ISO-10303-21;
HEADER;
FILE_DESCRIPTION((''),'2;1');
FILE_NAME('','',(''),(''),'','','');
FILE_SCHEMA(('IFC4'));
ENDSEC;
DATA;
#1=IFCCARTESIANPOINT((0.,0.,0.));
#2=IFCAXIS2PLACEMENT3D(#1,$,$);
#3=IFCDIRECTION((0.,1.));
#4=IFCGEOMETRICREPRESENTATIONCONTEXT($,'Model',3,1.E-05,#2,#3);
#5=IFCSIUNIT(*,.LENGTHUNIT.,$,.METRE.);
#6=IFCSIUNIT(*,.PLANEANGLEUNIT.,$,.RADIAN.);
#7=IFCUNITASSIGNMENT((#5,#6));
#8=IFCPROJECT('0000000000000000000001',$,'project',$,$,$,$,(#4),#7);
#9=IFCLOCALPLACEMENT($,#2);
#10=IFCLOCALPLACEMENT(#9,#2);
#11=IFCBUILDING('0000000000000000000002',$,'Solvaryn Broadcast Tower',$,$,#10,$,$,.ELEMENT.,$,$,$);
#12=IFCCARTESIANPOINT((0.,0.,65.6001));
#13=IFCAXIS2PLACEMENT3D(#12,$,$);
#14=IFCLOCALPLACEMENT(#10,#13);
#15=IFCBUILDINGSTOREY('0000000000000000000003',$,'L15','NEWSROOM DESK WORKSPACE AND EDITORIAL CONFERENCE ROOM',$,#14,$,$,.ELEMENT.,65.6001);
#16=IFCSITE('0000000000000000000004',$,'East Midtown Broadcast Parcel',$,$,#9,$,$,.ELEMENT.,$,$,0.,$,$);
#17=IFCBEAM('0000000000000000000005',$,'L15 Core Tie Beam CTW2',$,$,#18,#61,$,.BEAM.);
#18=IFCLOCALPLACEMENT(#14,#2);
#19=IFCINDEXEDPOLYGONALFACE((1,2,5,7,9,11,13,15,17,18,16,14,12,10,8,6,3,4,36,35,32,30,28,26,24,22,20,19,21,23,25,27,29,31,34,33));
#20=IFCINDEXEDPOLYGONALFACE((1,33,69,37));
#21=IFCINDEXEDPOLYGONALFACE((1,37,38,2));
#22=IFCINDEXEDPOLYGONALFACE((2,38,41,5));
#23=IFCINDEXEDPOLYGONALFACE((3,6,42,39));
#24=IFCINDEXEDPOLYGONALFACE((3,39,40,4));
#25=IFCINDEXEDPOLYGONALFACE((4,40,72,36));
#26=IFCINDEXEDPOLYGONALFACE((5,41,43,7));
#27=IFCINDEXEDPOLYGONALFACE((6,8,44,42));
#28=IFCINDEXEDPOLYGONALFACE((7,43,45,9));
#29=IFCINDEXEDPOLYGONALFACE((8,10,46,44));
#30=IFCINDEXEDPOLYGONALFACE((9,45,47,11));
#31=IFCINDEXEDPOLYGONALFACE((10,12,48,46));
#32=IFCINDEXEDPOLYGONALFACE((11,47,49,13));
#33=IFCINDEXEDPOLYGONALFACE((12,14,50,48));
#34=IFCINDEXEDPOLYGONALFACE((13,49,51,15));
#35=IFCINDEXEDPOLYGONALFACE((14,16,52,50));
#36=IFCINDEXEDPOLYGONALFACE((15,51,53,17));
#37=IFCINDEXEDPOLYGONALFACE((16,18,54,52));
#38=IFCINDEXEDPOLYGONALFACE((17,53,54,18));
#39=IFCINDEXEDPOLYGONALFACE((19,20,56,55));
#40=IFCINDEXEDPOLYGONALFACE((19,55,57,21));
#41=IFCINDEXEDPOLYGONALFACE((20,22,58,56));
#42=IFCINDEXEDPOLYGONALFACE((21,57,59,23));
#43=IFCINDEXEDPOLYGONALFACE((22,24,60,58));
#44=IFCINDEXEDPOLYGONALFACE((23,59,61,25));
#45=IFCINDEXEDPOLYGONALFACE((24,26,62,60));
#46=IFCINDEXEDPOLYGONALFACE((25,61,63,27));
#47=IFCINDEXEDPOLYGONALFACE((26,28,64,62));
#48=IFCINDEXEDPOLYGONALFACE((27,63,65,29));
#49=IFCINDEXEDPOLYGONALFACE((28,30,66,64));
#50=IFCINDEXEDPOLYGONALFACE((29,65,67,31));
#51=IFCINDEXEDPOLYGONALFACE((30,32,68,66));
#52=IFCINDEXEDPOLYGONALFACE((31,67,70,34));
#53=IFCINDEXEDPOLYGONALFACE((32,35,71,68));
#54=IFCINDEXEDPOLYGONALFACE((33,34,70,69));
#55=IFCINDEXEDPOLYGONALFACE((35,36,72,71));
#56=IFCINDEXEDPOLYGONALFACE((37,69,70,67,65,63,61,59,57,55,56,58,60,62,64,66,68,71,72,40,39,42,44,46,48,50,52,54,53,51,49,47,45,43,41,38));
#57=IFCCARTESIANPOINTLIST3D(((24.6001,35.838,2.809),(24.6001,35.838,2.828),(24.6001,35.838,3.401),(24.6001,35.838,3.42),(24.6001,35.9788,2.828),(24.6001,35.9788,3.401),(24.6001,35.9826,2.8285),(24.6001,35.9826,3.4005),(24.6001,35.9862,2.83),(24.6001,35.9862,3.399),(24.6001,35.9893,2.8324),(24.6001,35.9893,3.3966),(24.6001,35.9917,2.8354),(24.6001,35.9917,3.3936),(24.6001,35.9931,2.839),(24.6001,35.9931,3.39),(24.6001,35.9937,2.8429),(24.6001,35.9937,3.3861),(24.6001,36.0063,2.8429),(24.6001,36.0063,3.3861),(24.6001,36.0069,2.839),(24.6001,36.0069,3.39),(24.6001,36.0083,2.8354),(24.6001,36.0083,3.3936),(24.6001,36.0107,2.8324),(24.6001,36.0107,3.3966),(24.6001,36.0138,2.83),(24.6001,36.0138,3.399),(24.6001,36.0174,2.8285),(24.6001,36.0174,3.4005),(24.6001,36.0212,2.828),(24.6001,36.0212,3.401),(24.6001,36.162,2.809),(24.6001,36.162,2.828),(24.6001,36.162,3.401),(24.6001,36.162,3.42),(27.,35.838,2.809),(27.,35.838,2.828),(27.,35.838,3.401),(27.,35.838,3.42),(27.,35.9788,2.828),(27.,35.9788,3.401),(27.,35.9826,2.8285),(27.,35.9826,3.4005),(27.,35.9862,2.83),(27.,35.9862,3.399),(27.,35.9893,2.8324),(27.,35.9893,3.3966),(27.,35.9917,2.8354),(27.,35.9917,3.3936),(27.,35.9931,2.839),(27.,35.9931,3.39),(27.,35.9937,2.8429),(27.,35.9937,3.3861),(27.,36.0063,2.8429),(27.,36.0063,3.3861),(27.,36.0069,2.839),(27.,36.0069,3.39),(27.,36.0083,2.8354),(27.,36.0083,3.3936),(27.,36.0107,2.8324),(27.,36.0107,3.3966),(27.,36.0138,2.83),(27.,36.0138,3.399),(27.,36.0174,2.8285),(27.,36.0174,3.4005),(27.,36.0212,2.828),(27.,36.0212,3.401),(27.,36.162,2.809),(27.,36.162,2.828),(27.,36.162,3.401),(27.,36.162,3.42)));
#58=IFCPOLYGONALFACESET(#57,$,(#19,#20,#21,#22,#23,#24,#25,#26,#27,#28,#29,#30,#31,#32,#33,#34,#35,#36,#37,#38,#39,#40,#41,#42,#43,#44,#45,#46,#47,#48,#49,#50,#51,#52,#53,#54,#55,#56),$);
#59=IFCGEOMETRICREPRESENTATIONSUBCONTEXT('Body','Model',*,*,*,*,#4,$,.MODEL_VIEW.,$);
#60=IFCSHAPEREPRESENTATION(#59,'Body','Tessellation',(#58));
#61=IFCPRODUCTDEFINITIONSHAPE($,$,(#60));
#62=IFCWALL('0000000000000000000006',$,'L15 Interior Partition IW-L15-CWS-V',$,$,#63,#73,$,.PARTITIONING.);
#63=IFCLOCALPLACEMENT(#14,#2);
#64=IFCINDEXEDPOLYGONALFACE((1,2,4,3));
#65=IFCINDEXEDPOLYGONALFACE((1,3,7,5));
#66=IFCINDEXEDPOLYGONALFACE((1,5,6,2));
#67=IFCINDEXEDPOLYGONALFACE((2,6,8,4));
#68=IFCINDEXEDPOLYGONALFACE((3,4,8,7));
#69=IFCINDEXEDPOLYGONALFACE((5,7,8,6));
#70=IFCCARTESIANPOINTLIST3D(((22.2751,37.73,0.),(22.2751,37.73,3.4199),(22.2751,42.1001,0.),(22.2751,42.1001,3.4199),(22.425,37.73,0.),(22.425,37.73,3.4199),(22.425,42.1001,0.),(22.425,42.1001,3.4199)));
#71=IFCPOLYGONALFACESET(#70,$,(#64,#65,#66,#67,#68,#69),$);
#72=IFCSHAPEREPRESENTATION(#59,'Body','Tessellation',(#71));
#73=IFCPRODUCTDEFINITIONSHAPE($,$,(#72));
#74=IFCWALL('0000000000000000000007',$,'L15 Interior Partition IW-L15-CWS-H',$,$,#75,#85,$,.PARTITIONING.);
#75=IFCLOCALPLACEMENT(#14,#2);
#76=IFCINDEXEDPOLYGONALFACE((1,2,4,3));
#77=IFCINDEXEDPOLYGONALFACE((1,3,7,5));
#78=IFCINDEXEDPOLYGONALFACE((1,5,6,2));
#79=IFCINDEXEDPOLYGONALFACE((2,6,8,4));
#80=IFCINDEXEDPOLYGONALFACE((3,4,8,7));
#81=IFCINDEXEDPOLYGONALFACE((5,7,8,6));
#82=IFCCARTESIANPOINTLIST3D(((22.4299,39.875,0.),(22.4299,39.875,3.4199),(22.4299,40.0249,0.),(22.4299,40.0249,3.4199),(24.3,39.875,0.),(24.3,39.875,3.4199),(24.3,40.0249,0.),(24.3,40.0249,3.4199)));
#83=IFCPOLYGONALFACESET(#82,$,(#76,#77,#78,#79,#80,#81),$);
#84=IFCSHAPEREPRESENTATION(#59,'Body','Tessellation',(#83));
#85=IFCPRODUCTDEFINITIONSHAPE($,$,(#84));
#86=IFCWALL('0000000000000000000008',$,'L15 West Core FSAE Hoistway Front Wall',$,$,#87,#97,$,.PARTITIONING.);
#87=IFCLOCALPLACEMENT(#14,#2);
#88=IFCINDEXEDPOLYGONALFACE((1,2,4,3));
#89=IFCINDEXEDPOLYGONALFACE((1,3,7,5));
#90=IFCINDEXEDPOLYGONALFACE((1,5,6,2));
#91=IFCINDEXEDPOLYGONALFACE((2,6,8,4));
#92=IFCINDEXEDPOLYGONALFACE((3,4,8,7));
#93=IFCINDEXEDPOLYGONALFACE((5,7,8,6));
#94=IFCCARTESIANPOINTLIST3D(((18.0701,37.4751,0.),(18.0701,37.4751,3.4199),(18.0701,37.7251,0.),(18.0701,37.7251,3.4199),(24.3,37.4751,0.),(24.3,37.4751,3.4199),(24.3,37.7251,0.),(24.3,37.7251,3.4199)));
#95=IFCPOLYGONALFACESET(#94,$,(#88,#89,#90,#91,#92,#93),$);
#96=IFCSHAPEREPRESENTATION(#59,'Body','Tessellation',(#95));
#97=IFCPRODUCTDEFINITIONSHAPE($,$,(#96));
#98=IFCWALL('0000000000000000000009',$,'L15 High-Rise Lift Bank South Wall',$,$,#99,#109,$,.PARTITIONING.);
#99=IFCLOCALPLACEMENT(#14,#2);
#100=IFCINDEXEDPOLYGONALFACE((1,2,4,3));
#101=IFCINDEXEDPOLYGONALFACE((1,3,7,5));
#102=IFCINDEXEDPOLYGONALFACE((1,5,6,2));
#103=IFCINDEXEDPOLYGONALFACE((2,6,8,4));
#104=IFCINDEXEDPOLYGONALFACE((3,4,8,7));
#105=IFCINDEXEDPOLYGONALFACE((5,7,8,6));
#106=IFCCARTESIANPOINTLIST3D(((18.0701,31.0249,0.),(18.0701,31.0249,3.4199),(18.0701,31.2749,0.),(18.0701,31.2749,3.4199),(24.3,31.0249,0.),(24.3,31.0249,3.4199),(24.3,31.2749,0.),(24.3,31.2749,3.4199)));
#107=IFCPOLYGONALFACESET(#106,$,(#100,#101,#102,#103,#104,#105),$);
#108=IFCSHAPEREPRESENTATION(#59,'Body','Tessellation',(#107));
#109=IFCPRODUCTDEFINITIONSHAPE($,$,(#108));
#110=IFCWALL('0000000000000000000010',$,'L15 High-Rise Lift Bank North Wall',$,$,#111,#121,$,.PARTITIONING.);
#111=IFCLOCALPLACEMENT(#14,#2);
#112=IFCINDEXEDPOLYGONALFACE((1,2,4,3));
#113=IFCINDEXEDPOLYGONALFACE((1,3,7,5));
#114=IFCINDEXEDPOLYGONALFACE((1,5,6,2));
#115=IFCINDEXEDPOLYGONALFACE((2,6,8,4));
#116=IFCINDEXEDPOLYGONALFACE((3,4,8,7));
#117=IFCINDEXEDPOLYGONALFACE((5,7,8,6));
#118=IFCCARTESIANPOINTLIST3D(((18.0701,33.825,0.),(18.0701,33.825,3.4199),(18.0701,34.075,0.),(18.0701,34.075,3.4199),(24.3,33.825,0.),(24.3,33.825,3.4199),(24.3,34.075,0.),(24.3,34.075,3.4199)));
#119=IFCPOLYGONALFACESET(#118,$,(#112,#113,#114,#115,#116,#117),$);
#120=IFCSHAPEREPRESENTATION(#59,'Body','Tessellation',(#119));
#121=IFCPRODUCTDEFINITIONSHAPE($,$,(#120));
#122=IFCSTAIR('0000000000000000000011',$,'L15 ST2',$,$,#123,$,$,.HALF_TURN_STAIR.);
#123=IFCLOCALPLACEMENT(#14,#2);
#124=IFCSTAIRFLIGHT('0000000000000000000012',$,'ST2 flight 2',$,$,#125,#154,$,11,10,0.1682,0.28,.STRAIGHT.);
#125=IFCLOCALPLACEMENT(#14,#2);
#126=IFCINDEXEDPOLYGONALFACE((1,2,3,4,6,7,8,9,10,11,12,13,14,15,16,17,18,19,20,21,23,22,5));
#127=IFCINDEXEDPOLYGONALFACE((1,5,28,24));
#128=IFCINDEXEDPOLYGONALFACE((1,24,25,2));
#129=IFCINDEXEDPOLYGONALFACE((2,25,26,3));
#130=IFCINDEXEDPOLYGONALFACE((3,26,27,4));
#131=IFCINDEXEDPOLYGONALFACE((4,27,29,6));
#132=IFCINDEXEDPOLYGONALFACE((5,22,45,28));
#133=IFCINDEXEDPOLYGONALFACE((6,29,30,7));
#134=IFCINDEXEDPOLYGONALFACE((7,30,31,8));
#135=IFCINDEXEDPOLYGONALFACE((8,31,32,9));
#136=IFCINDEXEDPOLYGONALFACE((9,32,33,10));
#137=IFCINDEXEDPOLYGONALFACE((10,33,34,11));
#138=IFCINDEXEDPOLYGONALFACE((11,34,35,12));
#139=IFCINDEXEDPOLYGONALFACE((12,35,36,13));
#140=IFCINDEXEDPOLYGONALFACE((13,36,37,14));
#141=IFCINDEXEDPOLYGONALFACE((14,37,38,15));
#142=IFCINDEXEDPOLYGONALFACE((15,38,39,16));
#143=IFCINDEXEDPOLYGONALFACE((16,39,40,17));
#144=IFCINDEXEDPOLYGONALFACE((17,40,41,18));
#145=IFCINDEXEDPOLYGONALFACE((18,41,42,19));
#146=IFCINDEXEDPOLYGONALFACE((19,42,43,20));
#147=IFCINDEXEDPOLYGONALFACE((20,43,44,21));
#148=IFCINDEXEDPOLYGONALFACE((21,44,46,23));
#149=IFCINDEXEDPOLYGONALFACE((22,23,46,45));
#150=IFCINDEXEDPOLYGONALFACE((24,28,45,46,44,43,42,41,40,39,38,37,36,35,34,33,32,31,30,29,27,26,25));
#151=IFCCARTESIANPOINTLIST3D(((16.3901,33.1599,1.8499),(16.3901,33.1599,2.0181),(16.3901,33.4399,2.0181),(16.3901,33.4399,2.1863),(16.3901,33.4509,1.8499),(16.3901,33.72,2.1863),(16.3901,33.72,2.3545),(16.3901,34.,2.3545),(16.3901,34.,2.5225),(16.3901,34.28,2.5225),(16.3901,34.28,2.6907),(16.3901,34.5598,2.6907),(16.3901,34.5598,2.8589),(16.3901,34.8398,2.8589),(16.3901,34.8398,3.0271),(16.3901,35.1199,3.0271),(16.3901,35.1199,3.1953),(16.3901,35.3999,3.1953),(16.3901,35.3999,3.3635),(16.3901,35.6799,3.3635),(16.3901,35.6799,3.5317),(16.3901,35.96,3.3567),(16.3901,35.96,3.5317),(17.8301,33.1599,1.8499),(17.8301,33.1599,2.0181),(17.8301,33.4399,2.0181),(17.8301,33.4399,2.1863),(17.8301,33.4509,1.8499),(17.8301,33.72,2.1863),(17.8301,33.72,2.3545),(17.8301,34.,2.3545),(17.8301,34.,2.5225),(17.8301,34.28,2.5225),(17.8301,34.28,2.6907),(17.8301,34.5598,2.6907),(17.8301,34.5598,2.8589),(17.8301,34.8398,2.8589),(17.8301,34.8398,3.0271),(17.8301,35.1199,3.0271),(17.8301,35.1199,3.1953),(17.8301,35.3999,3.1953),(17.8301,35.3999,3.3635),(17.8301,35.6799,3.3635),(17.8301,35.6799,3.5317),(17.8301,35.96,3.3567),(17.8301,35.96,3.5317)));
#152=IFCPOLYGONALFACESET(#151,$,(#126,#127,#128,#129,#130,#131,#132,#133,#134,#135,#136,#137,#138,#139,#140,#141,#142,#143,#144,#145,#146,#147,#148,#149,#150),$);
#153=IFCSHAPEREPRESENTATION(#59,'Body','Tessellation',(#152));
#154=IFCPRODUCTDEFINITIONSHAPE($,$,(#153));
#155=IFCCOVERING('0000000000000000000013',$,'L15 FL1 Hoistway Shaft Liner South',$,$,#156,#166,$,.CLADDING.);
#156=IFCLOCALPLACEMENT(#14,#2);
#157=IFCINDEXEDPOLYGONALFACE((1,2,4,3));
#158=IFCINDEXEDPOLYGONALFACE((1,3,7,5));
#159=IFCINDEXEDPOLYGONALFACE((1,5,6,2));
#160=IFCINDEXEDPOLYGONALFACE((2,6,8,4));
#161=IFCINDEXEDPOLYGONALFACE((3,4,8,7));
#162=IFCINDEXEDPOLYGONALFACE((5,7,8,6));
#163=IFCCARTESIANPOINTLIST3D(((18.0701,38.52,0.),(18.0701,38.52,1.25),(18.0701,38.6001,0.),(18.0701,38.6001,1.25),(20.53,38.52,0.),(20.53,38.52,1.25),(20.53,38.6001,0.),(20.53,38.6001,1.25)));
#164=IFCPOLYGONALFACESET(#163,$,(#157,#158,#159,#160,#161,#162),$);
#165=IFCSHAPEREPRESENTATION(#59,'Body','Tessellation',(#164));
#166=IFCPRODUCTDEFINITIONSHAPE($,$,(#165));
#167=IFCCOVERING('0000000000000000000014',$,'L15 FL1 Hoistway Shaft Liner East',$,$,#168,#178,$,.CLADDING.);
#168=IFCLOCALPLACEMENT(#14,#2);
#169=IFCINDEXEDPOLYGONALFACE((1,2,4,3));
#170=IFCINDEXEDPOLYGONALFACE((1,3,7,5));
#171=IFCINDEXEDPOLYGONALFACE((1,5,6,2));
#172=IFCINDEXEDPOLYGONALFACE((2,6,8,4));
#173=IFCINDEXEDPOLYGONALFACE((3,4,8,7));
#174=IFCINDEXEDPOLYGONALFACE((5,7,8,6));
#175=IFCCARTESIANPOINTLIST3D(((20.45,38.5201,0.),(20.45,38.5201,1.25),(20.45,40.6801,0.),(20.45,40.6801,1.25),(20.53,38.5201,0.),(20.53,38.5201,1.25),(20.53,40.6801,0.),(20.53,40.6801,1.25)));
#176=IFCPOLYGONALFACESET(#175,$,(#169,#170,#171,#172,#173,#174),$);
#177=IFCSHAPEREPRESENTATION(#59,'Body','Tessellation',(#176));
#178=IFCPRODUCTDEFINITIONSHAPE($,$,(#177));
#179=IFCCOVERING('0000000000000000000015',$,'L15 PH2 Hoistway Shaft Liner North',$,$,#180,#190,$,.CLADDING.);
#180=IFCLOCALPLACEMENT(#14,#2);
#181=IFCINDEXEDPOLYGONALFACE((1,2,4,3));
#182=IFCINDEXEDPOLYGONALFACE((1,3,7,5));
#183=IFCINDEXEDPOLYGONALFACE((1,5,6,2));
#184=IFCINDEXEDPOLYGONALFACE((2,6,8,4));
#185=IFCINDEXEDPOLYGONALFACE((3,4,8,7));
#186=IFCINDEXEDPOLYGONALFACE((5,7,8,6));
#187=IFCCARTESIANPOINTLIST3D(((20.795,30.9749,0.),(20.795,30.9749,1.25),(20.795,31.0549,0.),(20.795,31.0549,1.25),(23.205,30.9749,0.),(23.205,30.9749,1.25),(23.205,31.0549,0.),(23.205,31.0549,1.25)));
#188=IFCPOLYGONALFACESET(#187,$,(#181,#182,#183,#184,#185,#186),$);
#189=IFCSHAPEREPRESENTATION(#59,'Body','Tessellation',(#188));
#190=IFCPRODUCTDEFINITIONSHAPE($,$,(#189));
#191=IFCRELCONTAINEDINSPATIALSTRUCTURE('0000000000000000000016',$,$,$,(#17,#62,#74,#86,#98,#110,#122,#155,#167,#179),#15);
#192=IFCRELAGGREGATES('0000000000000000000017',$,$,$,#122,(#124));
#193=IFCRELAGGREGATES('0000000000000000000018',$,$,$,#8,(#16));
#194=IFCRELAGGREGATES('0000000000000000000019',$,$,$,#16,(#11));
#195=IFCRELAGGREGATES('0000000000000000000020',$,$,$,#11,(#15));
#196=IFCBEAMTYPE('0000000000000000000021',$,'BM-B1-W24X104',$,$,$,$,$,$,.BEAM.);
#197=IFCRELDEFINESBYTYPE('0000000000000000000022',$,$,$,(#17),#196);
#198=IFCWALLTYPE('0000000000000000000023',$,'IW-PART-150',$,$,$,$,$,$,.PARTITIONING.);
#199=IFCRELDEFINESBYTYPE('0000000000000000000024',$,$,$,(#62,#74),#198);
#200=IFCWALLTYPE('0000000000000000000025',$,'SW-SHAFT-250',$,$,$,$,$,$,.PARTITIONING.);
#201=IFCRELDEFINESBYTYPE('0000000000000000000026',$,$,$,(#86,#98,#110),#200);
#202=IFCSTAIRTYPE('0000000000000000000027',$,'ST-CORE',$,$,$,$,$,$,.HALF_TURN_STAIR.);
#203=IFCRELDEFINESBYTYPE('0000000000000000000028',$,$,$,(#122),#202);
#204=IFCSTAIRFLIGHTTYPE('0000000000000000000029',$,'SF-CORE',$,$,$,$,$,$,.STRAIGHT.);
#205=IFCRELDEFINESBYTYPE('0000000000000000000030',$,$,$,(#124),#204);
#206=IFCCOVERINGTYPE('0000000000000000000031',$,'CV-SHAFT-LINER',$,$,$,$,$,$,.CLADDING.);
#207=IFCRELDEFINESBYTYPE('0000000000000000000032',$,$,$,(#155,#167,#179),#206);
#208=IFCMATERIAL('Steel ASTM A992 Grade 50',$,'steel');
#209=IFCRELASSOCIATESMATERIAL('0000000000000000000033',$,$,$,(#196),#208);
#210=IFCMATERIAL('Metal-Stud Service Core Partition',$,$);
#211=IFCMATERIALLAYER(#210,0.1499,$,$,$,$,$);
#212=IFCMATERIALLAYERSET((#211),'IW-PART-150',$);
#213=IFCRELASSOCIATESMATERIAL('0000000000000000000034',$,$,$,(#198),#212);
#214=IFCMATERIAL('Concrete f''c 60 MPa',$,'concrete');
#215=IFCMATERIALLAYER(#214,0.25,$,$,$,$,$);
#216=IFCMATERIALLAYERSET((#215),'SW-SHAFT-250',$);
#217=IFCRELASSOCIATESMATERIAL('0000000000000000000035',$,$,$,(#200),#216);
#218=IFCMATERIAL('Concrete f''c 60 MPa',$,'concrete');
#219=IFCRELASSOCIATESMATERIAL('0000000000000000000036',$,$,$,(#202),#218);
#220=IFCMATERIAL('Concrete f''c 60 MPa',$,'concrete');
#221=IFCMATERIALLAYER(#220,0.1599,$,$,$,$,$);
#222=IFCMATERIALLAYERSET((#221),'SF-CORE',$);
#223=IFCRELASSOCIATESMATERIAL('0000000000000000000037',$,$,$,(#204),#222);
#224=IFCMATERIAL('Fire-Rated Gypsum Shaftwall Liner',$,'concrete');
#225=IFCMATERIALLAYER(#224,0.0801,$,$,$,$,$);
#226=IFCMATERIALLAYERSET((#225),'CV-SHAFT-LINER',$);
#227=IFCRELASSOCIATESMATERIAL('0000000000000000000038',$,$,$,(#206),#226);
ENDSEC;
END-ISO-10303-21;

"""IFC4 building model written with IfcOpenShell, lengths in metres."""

from ifc_helpers import new_model, si_unit, direction, frame, frame_2d, origin, origin_2d, place, context, subcontext, project, spatial, polyline, rectangle, i_section, outline, extrude, material, layer, layer_set, material_profile, profile_set, type_object, element, aggregate, save


model = new_model("IFC4")

# Units and contexts
model_context = context("Model", 3, precision=1e-05, world=origin(), true_north=direction((0.0, 1.0)))
body_context = subcontext(model_context, "Body", "Model", "MODEL_VIEW")
ifc_project = project(units=[si_unit("LENGTHUNIT", "METRE"), si_unit("PLANEANGLEUNIT", "RADIAN")], contexts=[model_context])

# Site, building, storey
site_placement = place(None, origin())
site = spatial("IfcSite", under=ifc_project, at=site_placement, Name="East Midtown Broadcast Parcel", CompositionType="ELEMENT", RefElevation=0.0)
building_placement = place(site_placement, origin())
building = spatial("IfcBuilding", under=site, at=building_placement, Name="Solvaryn Broadcast Tower", CompositionType="ELEMENT")
storey_placement = place(building_placement, frame((0.0, 0.0, 65.6001)))
storey = spatial("IfcBuildingStorey", under=building, at=storey_placement, Name="L15", Description="NEWSROOM DESK WORKSPACE AND EDITORIAL CONFERENCE ROOM", CompositionType="ELEMENT", Elevation=65.6001)

# Beam
ifc_material_1 = material(Name="Steel ASTM A992 Grade 50", Category="steel")
ifc_material_profile = material_profile(ifc_material_1, i_section(OverallWidth=0.324, OverallDepth=0.6111, WebThickness=0.0127, FlangeThickness=0.019, FilletRadius=0.0149, at=origin_2d()))
ifc_profile_set = profile_set([ifc_material_profile], Name="Steel ASTM A992 Grade 50")
beam_type = type_object("IfcBeamType", Name="BM-B1-W24X104", PredefinedType="BEAM", material=ifc_profile_set)
beam_placement = place(storey_placement, frame((24.6001, 36.0, 3.1145), z_axis=(1.0, 0.0, 0.0), x_axis=(0.0, 1.0, 0.0)))
element("IfcBeam", 1, at=beam_placement, inside=storey, type_object=beam_type, Name="L15 Core Tie Beam CTW2", PredefinedType="BEAM", context=body_context, shape_type="SweptSolid", body=[
    extrude(i_section(OverallWidth=0.324, OverallDepth=0.6111, WebThickness=0.0127, FlangeThickness=0.019, FilletRadius=0.0149, at=origin_2d()), origin(), (0.0, 0.0, 1.0), 2.3999),
])

# Walls
ifc_material_2 = material(Name="Metal-Stud Service Core Partition")
ifc_layer_1 = layer(ifc_material_2, 0.1499)
ifc_layer_set_1 = layer_set([ifc_layer_1], Name="IW-PART-150")
wall_type_1 = type_object("IfcWallType", Name="IW-PART-150", PredefinedType="PARTITIONING", material=ifc_layer_set_1)
wall_1_placement = place(storey_placement, frame((22.3501, 37.73, 0.0), z_axis=(0.0, 0.0, 1.0), x_axis=(0.0, 1.0, 0.0)))
element("IfcWall", 2, at=wall_1_placement, inside=storey, type_object=wall_type_1, Name="L15 Interior Partition IW-L15-CWS-V", PredefinedType="PARTITIONING", context=body_context, shape_type="SweptSolid", body=[
    extrude(rectangle(XDim=4.3701, YDim=0.1499, at=frame_2d((2.1851, 0.0))), origin(), (0.0, 0.0, 1.0), 3.4199),
])
wall_2_placement = place(storey_placement, frame((22.4299, 39.95, 0.0), z_axis=(0.0, 0.0, 1.0), x_axis=(1.0, 0.0, 0.0)))
element("IfcWall", 3, at=wall_2_placement, inside=storey, type_object=wall_type_1, Name="L15 Interior Partition IW-L15-CWS-H", PredefinedType="PARTITIONING", context=body_context, shape_type="SweptSolid", body=[
    extrude(rectangle(XDim=1.8701, YDim=0.1499, at=frame_2d((0.9351, 0.0))), origin(), (0.0, 0.0, 1.0), 3.4199),
])
ifc_material_3 = material(Name="Concrete f'c 60 MPa", Category="concrete")
ifc_layer_2 = layer(ifc_material_3, 0.25)
ifc_layer_set_2 = layer_set([ifc_layer_2], Name="SW-SHAFT-250")
wall_type_2 = type_object("IfcWallType", Name="SW-SHAFT-250", PredefinedType="PARTITIONING", material=ifc_layer_set_2)
for number, where, z_axis, x_axis, name in (
    (4, (18.0701, 37.6001, 0.0), (0.0, 0.0, 1.0), (1.0, 0.0, 0.0), "L15 West Core FSAE Hoistway Front Wall"),
    (5, (18.0701, 31.1499, 0.0), (0.0, 0.0, 1.0), (1.0, 0.0, 0.0), "L15 High-Rise Lift Bank South Wall"),
    (6, (24.3, 33.95, 0.0), (0.0, 0.0, 1.0), (-1.0, 0.0, 0.0), "L15 High-Rise Lift Bank North Wall"),
):
    element("IfcWall", number, at=place(storey_placement, frame(where, z_axis=z_axis, x_axis=x_axis)), inside=storey, type_object=wall_type_2, Name=name, PredefinedType="PARTITIONING", context=body_context, shape_type="SweptSolid", body=[
        extrude(rectangle(XDim=6.23, YDim=0.25, at=frame_2d((3.115, 0.0))), origin(), (0.0, 0.0, 1.0), 3.4199),
    ])

# Stair, stair flight
ifc_material_4 = material(Name="Concrete f'c 60 MPa", Category="concrete")
stair_type = type_object("IfcStairType", Name="ST-CORE", PredefinedType="HALF_TURN_STAIR", material=ifc_material_4)
stair_placement = place(storey_placement, origin())
stair = element("IfcStair", 7, at=stair_placement, inside=storey, type_object=stair_type, Name="L15 ST2", PredefinedType="HALF_TURN_STAIR")
ifc_material_5 = material(Name="Concrete f'c 60 MPa", Category="concrete")
ifc_layer_3 = layer(ifc_material_5, 0.1599)
ifc_layer_set_3 = layer_set([ifc_layer_3], Name="SF-CORE")
stair_flight_type = type_object("IfcStairFlightType", Name="SF-CORE", PredefinedType="STRAIGHT", material=ifc_layer_set_3)
stair_flight_placement = place(storey_placement, frame((17.1101, 33.1599, 1.8499), z_axis=(0.0, 0.0, 1.0), x_axis=(0.0, 1.0, 0.0)))
stair_flight = element("IfcStairFlight", 8, at=stair_flight_placement, type_object=stair_flight_type, Name="ST2 flight 2", NumberOfRisers=11, NumberOfTreads=10, PredefinedType="STRAIGHT", RiserHeight=0.1682, TreadLength=0.28, context=body_context, shape_type="SweptSolid", body=[
    extrude(outline(polyline([(0.0, 0.0), (0.0, 0.1682), (0.28, 0.1682), (0.28, 0.3364), (0.5601, 0.3364), (0.5601, 0.5046), (0.8401, 0.5046), (0.8401, 0.6726), (1.1201, 0.6726), (1.1201, 0.8408), (1.3999, 0.8408), (1.3999, 1.009), (1.6799, 1.009), (1.6799, 1.1772), (1.96, 1.1772), (1.96, 1.3455), (2.24, 1.3455), (2.24, 1.5137), (2.52, 1.5137), (2.52, 1.6819), (2.8, 1.6819), (2.8, 1.8501), (2.8, 1.5068), (0.291, 0.0), (0.0, 0.0)])), frame((0.0, 0.72, 0.0), z_axis=(0.0, -1.0, 0.0), x_axis=(1.0, 0.0, 0.0)), (0.0, 0.0, 1.0), 1.4399),
])
aggregate(stair, [stair_flight])

# Coverings
ifc_material_6 = material(Name="Fire-Rated Gypsum Shaftwall Liner", Category="concrete")
ifc_layer_4 = layer(ifc_material_6, 0.0801)
ifc_layer_set_4 = layer_set([ifc_layer_4], Name="CV-SHAFT-LINER")
covering_type = type_object("IfcCoveringType", Name="CV-SHAFT-LINER", PredefinedType="CLADDING", material=ifc_layer_set_4)
covering_1_placement = place(storey_placement, frame((19.3, 38.5601, 0.0), z_axis=(0.0, 0.0, 1.0), x_axis=(1.0, 0.0, 0.0)))
element("IfcCovering", 9, at=covering_1_placement, inside=storey, type_object=covering_type, Name="L15 FL1 Hoistway Shaft Liner South", PredefinedType="CLADDING", context=body_context, shape_type="SweptSolid", body=[
    extrude(rectangle(XDim=2.46, YDim=0.0801, at=origin_2d()), origin(), (0.0, 0.0, 1.0), 1.25),
])
covering_2_placement = place(storey_placement, frame((20.49, 39.6001, 0.0), z_axis=(0.0, 0.0, 1.0), x_axis=(1.0, 0.0, 0.0)))
element("IfcCovering", 10, at=covering_2_placement, inside=storey, type_object=covering_type, Name="L15 FL1 Hoistway Shaft Liner East", PredefinedType="CLADDING", context=body_context, shape_type="SweptSolid", body=[
    extrude(rectangle(XDim=0.0801, YDim=2.1599, at=origin_2d()), origin(), (0.0, 0.0, 1.0), 1.25),
])
for number, where, z_axis, x_axis, name in (
    (11, (22.0, 31.0149, 0.0), (0.0, 0.0, 1.0), (1.0, 0.0, 0.0), "L15 PH2 Hoistway Shaft Liner North"),
):
    element("IfcCovering", number, at=place(storey_placement, frame(where, z_axis=z_axis, x_axis=x_axis)), inside=storey, type_object=covering_type, Name=name, PredefinedType="CLADDING", context=body_context, shape_type="SweptSolid", body=[
        extrude(rectangle(XDim=2.4099, YDim=0.0801, at=origin_2d()), origin(), (0.0, 0.0, 1.0), 1.25),
    ])

save(model, "model.ifc")
